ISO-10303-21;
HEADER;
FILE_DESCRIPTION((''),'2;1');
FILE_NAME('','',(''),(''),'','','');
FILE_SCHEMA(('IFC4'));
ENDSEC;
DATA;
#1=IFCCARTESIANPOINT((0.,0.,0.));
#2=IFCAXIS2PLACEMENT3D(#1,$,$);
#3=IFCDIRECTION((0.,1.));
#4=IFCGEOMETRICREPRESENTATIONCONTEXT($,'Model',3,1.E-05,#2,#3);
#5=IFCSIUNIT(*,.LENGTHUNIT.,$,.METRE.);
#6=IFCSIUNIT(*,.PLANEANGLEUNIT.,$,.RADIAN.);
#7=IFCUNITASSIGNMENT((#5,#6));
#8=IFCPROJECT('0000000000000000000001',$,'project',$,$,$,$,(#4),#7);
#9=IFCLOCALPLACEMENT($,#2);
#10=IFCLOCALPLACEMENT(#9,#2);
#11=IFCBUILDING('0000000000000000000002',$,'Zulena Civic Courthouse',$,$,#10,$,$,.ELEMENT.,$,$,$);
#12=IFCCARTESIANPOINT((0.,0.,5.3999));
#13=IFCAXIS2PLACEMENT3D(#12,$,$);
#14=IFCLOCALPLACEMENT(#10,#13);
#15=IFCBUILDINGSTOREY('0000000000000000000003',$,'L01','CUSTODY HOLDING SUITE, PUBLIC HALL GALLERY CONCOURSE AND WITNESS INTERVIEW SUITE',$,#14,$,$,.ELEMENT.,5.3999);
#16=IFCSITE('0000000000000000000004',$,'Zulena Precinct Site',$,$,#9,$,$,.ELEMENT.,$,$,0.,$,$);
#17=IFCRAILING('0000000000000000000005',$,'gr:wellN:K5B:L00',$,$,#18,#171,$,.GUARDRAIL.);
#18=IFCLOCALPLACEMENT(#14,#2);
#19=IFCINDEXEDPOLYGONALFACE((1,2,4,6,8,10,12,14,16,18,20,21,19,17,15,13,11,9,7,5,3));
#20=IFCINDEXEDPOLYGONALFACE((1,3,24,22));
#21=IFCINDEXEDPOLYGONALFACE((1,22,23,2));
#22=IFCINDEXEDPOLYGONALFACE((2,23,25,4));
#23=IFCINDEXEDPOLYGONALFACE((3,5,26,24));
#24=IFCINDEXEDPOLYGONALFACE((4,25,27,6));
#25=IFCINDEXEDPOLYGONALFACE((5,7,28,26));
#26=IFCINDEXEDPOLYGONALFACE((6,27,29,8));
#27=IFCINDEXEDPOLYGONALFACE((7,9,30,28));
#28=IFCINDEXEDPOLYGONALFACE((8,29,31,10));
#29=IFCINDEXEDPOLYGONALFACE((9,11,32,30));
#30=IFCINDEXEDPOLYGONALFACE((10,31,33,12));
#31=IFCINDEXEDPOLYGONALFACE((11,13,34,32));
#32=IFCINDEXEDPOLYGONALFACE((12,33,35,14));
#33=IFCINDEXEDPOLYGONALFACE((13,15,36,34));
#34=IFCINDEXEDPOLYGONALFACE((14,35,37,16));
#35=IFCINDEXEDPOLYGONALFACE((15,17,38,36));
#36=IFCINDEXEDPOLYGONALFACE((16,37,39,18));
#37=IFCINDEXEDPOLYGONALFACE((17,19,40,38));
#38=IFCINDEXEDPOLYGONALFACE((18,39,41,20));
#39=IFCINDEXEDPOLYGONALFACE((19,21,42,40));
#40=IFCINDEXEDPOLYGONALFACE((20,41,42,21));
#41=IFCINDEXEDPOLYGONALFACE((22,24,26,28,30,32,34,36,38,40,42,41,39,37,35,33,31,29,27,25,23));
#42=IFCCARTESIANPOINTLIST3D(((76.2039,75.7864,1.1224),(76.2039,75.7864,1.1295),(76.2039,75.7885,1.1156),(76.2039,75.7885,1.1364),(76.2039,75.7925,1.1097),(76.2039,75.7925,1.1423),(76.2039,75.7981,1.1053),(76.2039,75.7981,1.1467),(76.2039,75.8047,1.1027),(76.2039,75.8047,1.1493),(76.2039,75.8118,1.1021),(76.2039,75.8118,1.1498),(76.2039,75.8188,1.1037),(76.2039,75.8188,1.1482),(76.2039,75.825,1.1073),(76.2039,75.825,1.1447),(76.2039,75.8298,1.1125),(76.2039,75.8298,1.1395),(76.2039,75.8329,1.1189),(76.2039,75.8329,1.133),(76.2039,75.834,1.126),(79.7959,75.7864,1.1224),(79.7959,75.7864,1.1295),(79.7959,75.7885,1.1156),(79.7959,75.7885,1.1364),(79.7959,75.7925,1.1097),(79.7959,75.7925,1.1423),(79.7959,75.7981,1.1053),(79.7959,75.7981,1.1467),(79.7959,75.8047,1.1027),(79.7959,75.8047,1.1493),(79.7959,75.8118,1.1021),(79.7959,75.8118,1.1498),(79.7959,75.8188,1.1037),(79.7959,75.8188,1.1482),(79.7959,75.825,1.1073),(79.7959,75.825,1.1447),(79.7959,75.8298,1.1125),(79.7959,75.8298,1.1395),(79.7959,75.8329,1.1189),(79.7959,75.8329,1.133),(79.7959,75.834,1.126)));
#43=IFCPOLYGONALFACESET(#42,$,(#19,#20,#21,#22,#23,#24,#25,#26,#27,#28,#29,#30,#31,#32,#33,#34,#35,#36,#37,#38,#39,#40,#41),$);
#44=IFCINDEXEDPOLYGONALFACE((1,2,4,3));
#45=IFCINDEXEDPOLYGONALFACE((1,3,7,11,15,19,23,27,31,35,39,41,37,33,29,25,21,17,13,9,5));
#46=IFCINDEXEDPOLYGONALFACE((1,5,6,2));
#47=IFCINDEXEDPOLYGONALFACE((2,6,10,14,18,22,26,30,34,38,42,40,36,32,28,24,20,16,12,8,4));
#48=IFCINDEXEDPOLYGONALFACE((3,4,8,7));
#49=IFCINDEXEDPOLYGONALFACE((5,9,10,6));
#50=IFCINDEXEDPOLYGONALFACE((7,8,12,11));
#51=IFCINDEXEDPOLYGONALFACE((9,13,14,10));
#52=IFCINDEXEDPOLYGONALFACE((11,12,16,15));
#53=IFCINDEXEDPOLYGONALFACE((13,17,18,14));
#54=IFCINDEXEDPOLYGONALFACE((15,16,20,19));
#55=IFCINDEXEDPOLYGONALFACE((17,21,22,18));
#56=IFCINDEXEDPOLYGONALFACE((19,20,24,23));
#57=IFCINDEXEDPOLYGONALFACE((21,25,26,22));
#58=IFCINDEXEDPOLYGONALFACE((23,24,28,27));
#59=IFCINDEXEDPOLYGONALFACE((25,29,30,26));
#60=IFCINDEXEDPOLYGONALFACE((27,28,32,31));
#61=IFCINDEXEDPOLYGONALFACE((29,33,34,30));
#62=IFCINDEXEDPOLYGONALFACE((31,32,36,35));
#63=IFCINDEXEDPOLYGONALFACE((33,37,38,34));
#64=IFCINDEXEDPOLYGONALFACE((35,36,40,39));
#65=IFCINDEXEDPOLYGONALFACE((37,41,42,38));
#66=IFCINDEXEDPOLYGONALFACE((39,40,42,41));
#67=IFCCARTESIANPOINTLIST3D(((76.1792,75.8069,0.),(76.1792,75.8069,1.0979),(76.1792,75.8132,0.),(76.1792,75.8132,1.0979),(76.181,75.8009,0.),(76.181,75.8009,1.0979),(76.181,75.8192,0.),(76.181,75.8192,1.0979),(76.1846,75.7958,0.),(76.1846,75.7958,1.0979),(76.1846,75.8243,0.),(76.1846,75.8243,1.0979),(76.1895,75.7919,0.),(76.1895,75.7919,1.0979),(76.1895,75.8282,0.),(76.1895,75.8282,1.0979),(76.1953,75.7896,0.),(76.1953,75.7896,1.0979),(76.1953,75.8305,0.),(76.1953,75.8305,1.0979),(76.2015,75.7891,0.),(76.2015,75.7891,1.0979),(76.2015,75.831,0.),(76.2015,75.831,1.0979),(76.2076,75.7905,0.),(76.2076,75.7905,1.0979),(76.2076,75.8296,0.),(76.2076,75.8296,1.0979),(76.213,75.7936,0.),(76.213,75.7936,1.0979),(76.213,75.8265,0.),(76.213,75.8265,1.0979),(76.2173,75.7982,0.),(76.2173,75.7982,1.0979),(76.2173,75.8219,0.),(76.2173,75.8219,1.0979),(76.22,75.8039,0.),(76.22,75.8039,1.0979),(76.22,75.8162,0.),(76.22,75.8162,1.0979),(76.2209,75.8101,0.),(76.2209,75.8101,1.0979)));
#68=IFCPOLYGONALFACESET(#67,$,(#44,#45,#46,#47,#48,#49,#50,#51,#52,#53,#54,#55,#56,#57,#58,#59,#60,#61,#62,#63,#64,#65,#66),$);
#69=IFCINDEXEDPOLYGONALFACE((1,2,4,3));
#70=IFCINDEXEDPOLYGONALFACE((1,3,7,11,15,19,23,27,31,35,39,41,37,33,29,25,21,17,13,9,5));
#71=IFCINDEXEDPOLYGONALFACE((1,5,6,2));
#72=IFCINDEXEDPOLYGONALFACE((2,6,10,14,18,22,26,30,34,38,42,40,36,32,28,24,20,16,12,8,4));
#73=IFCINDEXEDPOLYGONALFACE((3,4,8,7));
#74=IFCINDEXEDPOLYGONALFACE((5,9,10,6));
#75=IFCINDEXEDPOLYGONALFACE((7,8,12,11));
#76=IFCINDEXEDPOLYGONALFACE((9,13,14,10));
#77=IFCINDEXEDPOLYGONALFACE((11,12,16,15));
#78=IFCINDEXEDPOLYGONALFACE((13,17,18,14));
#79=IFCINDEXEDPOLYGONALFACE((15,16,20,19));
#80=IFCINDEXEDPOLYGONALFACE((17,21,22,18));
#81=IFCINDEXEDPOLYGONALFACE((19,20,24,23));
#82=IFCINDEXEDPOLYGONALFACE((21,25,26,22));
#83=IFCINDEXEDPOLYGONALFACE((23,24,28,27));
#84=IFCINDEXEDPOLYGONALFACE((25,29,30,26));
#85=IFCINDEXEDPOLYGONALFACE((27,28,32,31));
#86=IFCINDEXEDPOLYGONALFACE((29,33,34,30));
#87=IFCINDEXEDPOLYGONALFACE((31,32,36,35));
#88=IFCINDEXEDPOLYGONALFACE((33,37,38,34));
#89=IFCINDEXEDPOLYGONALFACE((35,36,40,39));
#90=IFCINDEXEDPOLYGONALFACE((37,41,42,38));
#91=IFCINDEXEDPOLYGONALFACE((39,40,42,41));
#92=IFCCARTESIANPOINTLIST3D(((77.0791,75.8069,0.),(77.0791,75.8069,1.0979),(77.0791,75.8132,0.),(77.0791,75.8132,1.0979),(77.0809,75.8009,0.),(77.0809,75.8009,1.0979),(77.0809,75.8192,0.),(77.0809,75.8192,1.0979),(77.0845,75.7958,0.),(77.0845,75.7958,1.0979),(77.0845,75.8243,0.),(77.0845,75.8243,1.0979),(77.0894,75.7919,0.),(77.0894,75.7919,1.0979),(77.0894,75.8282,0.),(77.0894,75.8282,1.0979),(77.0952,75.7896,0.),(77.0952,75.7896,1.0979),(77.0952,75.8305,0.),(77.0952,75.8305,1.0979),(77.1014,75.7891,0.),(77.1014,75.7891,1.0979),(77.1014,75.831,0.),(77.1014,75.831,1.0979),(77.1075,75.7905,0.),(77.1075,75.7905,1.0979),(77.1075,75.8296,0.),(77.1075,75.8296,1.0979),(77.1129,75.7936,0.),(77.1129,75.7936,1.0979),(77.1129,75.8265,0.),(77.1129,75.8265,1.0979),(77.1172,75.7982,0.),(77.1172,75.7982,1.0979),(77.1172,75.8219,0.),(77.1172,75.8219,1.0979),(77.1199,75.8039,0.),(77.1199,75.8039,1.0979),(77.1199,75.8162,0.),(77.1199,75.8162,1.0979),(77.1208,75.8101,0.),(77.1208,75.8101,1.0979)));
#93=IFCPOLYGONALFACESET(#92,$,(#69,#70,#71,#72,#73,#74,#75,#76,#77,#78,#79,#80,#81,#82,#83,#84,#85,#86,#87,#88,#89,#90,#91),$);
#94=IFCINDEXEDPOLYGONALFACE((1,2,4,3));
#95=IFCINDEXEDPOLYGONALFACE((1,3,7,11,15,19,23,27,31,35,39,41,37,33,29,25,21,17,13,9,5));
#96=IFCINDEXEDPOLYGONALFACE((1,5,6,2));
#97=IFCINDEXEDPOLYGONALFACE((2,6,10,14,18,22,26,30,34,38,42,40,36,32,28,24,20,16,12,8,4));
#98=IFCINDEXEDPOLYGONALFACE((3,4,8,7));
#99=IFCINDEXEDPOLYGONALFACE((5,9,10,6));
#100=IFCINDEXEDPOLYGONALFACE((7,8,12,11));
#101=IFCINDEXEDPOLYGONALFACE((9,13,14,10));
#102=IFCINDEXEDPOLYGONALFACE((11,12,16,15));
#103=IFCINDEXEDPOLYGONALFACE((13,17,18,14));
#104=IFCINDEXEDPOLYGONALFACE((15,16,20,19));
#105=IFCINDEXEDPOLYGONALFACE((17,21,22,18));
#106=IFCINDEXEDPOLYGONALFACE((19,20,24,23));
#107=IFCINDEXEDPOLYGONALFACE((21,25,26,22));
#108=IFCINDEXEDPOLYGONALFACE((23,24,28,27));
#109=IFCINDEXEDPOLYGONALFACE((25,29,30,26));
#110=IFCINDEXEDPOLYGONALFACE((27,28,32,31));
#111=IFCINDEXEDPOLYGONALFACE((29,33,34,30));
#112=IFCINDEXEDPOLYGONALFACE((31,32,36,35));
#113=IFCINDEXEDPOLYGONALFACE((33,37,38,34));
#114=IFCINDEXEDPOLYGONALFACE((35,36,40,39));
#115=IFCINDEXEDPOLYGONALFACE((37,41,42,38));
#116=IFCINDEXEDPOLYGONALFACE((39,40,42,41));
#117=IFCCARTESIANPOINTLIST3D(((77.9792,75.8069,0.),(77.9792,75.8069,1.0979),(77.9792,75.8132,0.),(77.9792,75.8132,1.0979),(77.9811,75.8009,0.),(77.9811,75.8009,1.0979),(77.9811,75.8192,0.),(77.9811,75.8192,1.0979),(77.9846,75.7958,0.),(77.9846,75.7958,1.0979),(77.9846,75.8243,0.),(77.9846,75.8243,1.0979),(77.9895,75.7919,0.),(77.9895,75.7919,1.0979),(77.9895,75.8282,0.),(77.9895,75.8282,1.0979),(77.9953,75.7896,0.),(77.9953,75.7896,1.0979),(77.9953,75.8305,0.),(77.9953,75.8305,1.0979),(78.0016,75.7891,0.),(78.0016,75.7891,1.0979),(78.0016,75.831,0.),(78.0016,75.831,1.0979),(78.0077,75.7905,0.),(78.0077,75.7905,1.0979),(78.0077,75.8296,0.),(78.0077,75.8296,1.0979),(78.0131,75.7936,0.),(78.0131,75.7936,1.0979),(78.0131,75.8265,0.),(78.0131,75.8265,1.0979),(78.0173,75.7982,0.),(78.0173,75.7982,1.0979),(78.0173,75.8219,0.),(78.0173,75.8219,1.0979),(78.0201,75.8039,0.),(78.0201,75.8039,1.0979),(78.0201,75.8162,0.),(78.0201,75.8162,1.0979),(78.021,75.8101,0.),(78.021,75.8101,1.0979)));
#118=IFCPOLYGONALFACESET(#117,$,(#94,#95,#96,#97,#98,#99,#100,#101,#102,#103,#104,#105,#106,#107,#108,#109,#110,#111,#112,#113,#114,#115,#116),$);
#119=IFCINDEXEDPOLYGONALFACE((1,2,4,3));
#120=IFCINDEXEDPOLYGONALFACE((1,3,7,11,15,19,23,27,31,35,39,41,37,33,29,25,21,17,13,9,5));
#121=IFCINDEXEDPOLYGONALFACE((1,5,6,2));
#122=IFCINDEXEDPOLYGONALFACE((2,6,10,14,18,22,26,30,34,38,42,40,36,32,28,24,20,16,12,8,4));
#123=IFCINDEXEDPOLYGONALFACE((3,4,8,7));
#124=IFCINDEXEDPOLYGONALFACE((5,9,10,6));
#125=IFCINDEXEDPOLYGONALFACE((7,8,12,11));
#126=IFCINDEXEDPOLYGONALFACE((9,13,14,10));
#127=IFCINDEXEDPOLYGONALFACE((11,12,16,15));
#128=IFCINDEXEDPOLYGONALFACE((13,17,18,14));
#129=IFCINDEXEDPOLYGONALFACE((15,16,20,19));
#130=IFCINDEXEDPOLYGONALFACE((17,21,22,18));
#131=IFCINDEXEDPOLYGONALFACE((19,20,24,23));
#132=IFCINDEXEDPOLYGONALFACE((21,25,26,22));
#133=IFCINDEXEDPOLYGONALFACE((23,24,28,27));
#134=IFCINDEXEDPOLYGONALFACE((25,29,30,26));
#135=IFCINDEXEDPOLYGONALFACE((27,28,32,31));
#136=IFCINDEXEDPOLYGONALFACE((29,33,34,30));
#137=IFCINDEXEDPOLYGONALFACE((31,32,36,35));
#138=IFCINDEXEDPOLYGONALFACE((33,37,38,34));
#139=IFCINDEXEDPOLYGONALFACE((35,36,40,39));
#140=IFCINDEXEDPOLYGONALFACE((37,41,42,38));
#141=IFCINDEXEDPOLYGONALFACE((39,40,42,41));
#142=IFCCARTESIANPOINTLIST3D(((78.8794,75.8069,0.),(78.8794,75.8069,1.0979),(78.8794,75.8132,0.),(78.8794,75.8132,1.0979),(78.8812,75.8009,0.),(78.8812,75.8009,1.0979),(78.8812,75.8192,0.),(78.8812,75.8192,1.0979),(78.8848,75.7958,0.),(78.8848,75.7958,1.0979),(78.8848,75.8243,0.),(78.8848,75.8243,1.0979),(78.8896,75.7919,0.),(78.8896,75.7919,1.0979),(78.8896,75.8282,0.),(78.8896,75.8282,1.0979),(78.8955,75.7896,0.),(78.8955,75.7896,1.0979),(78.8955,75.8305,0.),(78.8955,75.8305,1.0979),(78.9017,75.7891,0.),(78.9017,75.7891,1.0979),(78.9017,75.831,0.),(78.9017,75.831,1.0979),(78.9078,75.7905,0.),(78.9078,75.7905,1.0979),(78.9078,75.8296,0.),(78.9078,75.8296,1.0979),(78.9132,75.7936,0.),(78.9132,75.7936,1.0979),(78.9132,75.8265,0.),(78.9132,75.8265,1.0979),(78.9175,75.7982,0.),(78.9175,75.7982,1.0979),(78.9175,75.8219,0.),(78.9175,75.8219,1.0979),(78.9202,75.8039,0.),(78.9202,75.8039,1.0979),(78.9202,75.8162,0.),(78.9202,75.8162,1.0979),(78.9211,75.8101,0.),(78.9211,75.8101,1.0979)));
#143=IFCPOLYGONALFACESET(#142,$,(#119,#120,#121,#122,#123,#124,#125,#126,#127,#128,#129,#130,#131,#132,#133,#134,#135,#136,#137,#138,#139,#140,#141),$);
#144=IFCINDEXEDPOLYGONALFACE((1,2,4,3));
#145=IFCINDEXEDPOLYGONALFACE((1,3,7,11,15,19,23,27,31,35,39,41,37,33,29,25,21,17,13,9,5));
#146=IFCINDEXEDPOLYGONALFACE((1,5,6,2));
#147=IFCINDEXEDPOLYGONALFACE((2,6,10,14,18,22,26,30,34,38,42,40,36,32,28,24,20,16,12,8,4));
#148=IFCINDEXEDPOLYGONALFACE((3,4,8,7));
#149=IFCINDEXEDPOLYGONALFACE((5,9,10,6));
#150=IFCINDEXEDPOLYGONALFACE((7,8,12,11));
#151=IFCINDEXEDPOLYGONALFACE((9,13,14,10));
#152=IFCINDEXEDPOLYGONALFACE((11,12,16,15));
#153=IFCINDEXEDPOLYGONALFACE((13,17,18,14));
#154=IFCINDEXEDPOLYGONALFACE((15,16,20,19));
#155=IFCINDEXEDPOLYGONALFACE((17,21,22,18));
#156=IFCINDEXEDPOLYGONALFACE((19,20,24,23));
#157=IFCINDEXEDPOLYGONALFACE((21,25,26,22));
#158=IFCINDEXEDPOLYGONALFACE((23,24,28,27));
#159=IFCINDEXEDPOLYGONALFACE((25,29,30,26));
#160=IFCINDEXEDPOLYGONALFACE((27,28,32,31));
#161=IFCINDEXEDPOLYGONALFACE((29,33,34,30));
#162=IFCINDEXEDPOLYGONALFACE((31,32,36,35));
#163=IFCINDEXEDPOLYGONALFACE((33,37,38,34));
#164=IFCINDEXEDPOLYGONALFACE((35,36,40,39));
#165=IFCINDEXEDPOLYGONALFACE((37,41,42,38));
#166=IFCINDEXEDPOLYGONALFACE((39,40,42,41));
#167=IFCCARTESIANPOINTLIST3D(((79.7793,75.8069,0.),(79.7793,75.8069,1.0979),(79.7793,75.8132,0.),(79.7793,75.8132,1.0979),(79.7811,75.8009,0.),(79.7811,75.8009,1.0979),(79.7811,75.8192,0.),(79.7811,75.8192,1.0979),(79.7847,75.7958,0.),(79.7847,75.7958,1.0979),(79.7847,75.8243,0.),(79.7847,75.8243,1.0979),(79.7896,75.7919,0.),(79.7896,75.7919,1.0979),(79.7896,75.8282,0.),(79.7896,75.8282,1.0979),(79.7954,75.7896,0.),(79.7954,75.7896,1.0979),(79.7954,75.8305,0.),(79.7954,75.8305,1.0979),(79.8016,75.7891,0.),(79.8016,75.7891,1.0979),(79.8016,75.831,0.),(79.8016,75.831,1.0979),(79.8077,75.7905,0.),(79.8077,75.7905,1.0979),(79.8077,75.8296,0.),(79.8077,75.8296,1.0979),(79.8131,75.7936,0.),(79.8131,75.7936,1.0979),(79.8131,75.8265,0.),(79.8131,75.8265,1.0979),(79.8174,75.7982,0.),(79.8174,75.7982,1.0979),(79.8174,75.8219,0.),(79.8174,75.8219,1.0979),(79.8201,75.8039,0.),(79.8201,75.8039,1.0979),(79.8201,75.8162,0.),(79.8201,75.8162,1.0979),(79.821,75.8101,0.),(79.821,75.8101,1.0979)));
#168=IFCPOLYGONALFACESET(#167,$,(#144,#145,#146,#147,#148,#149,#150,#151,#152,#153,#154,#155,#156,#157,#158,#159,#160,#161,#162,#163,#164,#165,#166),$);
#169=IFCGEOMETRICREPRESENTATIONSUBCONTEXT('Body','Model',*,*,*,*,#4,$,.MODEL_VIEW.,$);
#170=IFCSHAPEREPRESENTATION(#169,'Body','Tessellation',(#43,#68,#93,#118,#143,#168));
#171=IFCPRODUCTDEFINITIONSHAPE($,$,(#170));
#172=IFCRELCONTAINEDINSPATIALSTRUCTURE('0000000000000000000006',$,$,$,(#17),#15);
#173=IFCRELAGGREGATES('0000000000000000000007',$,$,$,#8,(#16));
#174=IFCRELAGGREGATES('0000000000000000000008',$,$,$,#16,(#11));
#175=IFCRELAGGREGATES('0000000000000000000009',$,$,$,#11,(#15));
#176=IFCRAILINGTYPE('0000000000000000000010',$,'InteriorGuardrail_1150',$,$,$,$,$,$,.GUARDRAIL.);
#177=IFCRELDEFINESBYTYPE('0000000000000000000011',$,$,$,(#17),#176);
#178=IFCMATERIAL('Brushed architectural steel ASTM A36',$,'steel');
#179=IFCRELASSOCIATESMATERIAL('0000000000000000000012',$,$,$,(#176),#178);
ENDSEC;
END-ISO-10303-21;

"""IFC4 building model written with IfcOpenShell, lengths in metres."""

from ifc_helpers import new_model, si_unit, direction, frame, origin, origin_2d, place, context, subcontext, project, spatial, circle, extrude, material, type_object, element, save


model = new_model("IFC4")

# Units and contexts
model_context = context("Model", 3, precision=1e-05, world=origin(), true_north=direction((0.0, 1.0)))
body_context = subcontext(model_context, "Body", "Model", "MODEL_VIEW")
ifc_project = project(units=[si_unit("LENGTHUNIT", "METRE"), si_unit("PLANEANGLEUNIT", "RADIAN")], contexts=[model_context])

# Site, building, storey
site_placement = place(None, origin())
site = spatial("IfcSite", under=ifc_project, at=site_placement, Name="Zulena Precinct Site", CompositionType="ELEMENT", RefElevation=0.0)
building_placement = place(site_placement, origin())
building = spatial("IfcBuilding", under=site, at=building_placement, Name="Zulena Civic Courthouse", CompositionType="ELEMENT")
storey_placement = place(building_placement, frame((0.0, 0.0, 5.3999)))
storey = spatial("IfcBuildingStorey", under=building, at=storey_placement, Name="L01", Description="CUSTODY HOLDING SUITE, PUBLIC HALL GALLERY CONCOURSE AND WITNESS INTERVIEW SUITE", CompositionType="ELEMENT", Elevation=5.3999)

# Railing
ifc_material_1 = material(Name="Brushed architectural steel ASTM A36", Category="steel")
railing_type_1 = type_object("IfcRailingType", Name="InteriorGuardrail_1150", PredefinedType="GUARDRAIL", material=ifc_material_1)
railing_1_placement = place(storey_placement, frame((76.2, 75.8101, 0.0)))
element("IfcRailing", 1, at=railing_1_placement, inside=storey, type_object=railing_type_1, Name="gr:wellN:K5B:L00", PredefinedType="GUARDRAIL", context=body_context, shape_type="SweptSolid", body=[
    extrude(circle(Radius=0.0239, at=origin_2d()), frame((0.0039, 0.0, 1.126), z_axis=(1.0, 0.0, 0.0), x_axis=(0.0, 1.0, 0.0)), (0.0, 0.0, 1.0), 3.592),
    extrude(circle(Radius=0.021, at=origin_2d()), origin(), (0.0, 0.0, 1.0), 1.0979),
    extrude(circle(Radius=0.021, at=origin_2d()), frame((0.8999, 0.0, 0.0)), (0.0, 0.0, 1.0), 1.0979),
    extrude(circle(Radius=0.021, at=origin_2d()), frame((1.8, 0.0, 0.0)), (0.0, 0.0, 1.0), 1.0979),
    extrude(circle(Radius=0.021, at=origin_2d()), frame((2.7002, 0.0, 0.0)), (0.0, 0.0, 1.0), 1.0979),
    extrude(circle(Radius=0.021, at=origin_2d()), frame((3.6001, 0.0, 0.0)), (0.0, 0.0, 1.0), 1.0979),
])

save(model, "model.ifc")
